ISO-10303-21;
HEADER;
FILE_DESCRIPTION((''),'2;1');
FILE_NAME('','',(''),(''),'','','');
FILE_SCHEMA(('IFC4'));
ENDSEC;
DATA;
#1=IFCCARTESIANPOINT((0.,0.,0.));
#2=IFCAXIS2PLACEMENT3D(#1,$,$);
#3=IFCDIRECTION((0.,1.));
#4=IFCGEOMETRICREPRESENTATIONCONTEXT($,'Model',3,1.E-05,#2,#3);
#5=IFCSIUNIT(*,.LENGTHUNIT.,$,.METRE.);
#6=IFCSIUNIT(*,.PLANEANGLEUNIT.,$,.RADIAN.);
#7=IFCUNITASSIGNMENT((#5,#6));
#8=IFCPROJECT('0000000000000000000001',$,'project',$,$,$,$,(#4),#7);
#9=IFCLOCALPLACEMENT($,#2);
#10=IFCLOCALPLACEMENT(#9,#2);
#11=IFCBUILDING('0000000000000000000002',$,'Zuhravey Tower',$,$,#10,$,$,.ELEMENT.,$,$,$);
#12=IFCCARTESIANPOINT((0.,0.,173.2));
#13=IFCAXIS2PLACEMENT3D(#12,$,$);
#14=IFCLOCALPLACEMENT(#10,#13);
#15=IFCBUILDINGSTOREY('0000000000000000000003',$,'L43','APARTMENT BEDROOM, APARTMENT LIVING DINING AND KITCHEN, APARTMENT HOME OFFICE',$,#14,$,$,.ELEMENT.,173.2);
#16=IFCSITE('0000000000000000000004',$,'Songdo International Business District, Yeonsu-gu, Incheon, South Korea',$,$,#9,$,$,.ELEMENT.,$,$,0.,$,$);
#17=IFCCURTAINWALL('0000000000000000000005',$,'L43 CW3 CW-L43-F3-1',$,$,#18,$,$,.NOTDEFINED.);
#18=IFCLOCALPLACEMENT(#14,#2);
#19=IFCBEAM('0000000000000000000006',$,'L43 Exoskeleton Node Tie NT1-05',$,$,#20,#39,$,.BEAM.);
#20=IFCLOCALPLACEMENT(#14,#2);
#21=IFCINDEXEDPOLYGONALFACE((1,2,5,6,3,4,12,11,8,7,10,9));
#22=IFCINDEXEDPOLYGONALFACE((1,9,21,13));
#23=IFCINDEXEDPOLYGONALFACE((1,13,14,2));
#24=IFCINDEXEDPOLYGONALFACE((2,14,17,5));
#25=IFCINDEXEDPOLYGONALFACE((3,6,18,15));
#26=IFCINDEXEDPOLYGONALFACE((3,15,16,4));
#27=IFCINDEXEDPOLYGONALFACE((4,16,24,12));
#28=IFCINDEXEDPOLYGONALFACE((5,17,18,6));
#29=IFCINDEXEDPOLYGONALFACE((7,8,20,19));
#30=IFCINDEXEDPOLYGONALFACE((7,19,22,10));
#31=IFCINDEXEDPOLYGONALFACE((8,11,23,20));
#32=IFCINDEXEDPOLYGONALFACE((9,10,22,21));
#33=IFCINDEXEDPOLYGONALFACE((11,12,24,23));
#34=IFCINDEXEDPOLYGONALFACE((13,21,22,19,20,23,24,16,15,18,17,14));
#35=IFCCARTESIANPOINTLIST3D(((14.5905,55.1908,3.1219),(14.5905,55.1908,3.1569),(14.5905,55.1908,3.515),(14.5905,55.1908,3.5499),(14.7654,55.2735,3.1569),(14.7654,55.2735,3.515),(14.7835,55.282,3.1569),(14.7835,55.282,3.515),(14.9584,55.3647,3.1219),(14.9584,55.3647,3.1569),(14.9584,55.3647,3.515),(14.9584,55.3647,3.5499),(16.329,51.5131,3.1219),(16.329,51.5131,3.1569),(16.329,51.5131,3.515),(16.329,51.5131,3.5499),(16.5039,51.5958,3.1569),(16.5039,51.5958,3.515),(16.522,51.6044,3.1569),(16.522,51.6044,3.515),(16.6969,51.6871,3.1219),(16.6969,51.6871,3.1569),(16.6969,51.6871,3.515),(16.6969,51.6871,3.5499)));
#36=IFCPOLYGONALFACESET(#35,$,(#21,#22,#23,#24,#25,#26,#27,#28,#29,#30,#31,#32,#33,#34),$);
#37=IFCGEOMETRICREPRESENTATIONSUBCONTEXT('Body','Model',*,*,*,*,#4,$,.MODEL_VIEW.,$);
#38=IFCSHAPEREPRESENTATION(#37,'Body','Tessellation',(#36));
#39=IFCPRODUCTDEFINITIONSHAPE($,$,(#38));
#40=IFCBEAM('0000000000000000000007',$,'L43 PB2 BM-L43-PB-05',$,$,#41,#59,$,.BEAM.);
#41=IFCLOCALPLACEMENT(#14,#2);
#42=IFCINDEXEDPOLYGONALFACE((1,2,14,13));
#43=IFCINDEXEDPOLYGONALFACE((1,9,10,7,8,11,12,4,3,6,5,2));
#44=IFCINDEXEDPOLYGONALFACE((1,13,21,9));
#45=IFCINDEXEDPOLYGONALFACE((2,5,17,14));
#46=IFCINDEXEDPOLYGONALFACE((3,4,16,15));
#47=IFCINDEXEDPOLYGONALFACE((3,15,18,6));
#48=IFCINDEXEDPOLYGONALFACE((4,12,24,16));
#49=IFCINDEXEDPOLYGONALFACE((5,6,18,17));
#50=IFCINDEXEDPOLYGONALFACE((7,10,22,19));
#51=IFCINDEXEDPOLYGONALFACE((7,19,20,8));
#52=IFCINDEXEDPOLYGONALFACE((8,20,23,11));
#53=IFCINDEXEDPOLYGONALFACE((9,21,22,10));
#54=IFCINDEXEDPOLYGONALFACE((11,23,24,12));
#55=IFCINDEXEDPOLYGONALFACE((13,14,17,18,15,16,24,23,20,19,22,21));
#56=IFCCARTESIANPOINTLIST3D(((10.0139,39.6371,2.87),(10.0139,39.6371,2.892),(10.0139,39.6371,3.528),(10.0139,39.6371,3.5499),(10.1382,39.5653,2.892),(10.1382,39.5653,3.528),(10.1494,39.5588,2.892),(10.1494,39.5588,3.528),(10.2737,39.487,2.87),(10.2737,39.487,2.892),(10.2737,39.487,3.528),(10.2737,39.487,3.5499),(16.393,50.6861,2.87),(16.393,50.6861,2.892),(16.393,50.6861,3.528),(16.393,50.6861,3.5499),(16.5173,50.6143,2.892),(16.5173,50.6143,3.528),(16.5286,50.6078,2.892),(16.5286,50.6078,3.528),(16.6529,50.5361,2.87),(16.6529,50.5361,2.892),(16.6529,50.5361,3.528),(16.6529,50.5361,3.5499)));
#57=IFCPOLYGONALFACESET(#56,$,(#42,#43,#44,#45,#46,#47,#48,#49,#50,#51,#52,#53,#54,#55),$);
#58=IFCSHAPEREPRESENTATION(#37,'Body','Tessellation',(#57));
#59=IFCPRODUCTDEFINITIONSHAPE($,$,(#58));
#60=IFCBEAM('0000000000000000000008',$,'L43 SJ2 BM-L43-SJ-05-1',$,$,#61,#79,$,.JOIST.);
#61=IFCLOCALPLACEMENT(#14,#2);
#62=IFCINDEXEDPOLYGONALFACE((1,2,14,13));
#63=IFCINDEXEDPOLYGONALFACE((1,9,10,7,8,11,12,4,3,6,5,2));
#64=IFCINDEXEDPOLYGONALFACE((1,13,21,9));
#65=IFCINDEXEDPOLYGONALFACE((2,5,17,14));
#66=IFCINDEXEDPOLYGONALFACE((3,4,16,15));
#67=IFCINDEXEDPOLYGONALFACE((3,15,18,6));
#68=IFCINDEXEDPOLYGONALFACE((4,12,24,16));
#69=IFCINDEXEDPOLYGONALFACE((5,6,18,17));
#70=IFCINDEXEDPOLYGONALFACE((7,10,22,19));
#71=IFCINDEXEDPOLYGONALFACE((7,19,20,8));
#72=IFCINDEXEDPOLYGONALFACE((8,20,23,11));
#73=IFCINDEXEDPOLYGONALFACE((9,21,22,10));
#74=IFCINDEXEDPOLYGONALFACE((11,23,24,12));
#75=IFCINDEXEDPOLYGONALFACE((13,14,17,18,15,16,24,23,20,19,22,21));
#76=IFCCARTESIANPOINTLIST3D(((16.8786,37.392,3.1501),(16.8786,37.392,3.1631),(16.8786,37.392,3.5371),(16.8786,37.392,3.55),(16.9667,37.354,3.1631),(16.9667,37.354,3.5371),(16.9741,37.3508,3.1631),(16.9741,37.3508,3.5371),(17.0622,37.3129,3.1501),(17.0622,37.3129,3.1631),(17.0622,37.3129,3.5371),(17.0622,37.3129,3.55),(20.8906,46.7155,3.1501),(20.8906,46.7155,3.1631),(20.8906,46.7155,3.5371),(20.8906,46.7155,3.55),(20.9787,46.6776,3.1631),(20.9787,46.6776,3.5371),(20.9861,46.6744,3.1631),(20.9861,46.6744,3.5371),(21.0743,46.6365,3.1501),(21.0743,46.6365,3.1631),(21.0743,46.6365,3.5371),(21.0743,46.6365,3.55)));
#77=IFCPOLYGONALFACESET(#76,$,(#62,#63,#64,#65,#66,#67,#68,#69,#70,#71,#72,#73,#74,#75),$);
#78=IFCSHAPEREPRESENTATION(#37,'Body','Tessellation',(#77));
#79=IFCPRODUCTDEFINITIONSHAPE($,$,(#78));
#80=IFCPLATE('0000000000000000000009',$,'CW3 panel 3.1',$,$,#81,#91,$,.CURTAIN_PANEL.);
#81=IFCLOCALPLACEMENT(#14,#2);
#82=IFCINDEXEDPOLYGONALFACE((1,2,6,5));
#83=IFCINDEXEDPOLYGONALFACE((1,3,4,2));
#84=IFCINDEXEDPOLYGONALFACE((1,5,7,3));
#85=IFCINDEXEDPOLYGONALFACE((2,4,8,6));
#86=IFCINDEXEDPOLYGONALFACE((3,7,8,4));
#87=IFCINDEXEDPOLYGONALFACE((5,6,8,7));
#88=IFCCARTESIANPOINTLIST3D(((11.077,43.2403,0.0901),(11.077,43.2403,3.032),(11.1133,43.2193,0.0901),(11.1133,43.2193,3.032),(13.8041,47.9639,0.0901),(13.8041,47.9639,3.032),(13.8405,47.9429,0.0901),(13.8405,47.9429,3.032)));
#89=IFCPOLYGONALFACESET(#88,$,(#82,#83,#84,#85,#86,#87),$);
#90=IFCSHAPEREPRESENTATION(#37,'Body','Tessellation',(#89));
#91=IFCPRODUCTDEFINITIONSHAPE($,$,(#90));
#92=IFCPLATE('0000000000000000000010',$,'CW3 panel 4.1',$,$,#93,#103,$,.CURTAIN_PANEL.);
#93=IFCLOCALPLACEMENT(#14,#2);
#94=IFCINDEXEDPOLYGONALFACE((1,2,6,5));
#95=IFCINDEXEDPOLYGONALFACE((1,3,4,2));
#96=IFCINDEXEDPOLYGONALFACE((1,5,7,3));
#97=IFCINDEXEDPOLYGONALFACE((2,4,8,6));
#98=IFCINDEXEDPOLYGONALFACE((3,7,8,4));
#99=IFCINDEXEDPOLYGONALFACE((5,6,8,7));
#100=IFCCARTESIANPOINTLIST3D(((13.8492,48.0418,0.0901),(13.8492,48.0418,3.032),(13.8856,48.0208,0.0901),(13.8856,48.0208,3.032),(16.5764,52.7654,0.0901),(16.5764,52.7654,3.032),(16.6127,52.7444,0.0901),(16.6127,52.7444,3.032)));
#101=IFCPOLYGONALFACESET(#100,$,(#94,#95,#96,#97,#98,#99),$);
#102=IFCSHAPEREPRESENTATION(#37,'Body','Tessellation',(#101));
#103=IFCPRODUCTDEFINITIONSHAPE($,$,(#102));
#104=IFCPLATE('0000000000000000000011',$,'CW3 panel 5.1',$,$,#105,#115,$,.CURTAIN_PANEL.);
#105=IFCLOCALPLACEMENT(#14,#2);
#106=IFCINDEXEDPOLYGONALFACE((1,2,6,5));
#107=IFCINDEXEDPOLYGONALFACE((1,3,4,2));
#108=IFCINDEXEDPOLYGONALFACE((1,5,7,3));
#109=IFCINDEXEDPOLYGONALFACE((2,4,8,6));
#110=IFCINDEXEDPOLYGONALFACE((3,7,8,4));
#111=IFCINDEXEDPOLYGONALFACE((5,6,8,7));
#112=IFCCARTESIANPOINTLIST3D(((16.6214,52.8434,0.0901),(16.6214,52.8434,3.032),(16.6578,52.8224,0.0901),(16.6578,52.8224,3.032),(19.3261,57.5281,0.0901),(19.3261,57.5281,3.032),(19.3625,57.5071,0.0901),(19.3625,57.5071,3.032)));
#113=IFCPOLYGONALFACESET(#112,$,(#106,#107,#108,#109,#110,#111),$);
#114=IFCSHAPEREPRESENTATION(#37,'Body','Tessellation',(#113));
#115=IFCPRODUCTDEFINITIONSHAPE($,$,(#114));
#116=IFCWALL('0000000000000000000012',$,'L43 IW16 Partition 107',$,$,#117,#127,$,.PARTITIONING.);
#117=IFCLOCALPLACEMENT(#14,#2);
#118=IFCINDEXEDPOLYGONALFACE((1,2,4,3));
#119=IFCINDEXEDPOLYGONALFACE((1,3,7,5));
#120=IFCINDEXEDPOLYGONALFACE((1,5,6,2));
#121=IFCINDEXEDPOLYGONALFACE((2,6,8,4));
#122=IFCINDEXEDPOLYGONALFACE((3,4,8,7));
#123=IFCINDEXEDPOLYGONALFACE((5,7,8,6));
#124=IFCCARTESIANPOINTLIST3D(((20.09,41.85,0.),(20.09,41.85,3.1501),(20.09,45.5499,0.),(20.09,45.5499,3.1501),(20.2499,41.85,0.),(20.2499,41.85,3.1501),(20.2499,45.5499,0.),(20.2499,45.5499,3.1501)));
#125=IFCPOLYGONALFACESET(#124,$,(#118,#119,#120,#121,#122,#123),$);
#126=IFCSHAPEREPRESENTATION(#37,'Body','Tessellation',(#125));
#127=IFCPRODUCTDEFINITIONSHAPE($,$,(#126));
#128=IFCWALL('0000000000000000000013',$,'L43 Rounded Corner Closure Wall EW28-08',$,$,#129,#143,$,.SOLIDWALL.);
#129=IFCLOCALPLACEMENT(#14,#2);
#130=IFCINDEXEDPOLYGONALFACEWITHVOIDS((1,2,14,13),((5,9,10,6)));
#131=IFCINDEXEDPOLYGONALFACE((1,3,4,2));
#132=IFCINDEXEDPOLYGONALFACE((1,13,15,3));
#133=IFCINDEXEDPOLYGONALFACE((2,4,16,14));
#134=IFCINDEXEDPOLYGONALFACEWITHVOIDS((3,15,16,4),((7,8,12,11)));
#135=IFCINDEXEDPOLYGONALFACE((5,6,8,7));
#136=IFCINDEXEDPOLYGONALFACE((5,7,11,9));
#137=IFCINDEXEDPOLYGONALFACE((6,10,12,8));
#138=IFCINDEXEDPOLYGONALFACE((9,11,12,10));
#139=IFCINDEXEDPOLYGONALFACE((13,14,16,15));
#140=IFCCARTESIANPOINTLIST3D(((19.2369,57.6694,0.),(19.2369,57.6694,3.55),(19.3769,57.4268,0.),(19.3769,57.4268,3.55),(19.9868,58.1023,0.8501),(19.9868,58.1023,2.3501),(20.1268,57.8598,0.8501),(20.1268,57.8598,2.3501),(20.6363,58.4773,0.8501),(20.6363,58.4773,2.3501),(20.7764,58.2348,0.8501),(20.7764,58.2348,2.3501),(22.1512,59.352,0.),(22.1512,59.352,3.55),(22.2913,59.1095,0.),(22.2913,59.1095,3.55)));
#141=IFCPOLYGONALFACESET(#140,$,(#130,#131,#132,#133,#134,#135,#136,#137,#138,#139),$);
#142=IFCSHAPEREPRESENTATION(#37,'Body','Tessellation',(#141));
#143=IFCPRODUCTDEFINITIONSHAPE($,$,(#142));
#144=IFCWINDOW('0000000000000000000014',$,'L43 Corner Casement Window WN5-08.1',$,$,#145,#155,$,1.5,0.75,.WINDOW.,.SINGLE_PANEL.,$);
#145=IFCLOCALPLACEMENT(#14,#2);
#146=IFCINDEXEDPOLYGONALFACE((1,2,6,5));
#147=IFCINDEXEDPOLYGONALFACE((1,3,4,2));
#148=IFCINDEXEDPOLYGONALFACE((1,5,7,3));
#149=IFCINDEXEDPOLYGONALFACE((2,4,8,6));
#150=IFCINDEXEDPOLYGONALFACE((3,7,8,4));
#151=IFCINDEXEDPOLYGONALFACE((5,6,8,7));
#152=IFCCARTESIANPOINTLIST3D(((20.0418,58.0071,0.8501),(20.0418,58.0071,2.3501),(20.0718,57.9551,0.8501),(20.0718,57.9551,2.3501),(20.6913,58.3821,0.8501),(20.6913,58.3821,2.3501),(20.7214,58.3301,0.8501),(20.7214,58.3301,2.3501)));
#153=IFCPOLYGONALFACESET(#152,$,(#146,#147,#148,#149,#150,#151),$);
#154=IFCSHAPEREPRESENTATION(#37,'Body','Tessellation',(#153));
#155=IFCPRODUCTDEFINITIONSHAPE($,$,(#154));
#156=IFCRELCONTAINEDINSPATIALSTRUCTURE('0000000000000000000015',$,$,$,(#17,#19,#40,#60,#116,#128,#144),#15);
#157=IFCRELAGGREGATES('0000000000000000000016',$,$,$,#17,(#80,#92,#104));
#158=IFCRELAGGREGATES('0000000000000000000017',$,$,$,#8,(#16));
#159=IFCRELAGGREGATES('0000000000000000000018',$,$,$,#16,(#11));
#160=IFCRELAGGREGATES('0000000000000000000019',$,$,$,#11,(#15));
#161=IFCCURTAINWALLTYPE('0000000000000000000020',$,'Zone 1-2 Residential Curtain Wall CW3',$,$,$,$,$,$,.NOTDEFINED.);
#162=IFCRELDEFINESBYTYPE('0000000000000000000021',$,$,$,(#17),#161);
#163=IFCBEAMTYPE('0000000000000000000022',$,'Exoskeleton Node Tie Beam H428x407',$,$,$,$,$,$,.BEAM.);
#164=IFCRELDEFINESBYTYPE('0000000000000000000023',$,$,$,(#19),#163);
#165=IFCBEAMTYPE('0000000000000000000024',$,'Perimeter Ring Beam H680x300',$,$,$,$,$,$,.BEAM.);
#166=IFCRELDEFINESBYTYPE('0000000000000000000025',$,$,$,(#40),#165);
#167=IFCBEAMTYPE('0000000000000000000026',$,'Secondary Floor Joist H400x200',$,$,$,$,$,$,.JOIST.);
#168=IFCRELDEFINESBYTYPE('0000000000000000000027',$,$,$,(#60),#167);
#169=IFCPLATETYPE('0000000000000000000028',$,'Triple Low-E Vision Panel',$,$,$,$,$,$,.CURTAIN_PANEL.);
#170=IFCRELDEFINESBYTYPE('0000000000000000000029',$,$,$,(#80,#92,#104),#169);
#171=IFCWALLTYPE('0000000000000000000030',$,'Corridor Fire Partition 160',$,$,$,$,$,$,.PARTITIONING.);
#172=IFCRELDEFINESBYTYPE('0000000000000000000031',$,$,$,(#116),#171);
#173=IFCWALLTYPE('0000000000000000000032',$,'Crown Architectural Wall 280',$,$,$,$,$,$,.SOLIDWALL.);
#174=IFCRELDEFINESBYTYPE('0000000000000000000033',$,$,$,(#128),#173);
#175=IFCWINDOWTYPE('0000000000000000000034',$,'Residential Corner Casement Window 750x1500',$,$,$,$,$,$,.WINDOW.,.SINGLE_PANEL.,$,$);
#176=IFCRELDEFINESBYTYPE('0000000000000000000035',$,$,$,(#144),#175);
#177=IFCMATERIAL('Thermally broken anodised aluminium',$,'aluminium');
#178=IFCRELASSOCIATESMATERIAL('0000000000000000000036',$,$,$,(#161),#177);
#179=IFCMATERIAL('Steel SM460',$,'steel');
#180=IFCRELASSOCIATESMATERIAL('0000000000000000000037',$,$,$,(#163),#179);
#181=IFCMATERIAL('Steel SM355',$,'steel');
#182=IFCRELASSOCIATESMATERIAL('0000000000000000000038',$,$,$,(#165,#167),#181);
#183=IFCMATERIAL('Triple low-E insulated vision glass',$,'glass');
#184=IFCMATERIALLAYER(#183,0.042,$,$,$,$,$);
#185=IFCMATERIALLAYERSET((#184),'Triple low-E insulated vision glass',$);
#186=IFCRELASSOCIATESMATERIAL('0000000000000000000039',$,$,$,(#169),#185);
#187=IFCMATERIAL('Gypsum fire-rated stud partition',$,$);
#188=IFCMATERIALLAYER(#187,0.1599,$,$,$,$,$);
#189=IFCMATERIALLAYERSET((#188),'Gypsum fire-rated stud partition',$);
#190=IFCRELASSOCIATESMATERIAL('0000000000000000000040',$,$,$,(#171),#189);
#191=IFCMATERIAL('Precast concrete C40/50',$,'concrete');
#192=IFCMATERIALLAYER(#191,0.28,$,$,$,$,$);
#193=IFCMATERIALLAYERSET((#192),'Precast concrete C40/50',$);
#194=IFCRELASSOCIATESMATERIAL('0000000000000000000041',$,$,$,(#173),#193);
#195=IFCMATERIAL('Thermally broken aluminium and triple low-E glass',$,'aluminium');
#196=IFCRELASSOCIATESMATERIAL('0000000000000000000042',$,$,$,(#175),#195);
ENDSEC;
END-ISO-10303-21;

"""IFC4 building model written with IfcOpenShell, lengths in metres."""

from ifc_helpers import new_model, si_unit, direction, frame, frame_2d, origin, origin_2d, place, context, subcontext, project, spatial, rectangle, i_section, extrude, material, layer, layer_set, material_profile, profile_set, type_object, element, fill, aggregate, save


model = new_model("IFC4")

# Units and contexts
model_context = context("Model", 3, precision=1e-05, world=origin(), true_north=direction((0.0, 1.0)))
body_context = subcontext(model_context, "Body", "Model", "MODEL_VIEW")
ifc_project = project(units=[si_unit("LENGTHUNIT", "METRE"), si_unit("PLANEANGLEUNIT", "RADIAN")], contexts=[model_context])

# Site, building, storey
site_placement = place(None, origin())
site = spatial("IfcSite", under=ifc_project, at=site_placement, Name="Songdo International Business District, Yeonsu-gu, Incheon, South Korea", CompositionType="ELEMENT", RefElevation=0.0)
building_placement = place(site_placement, origin())
building = spatial("IfcBuilding", under=site, at=building_placement, Name="Zuhravey Tower", CompositionType="ELEMENT")
storey_placement = place(building_placement, frame((0.0, 0.0, 173.2)))
storey = spatial("IfcBuildingStorey", under=building, at=storey_placement, Name="L43", Description="APARTMENT BEDROOM, APARTMENT LIVING DINING AND KITCHEN, APARTMENT HOME OFFICE", CompositionType="ELEMENT", Elevation=173.2)

# Curtain wall
ifc_material_1 = material(Name="Thermally broken anodised aluminium", Category="aluminium")
curtain_wall_type = type_object("IfcCurtainWallType", Name="Zone 1-2 Residential Curtain Wall CW3", PredefinedType="NOTDEFINED", material=ifc_material_1)
curtain_wall_placement = place(storey_placement, origin())
curtain_wall = element("IfcCurtainWall", 1, at=curtain_wall_placement, inside=storey, type_object=curtain_wall_type, Name="L43 CW3 CW-L43-F3-1", PredefinedType="NOTDEFINED")

# Beams
ifc_material_2 = material(Name="Steel SM460", Category="steel")
ifc_material_profile_1 = material_profile(ifc_material_2, i_section(OverallWidth=0.407, OverallDepth=0.428, WebThickness=0.02, FlangeThickness=0.0349, at=origin_2d()), Name="H-428x407x20x35")
ifc_profile_set_1 = profile_set([ifc_material_profile_1], Name="Steel SM460")
beam_type_1 = type_object("IfcBeamType", Name="Exoskeleton Node Tie Beam H428x407", PredefinedType="BEAM", material=ifc_profile_set_1)
beam_1_placement = place(storey_placement, frame((16.5129, 51.6001, 3.3359), z_axis=(-0.427372, 0.904076, 0.0), x_axis=(-0.904076, -0.427372, 0.0)))
element("IfcBeam", 2, at=beam_1_placement, inside=storey, type_object=beam_type_1, Name="L43 Exoskeleton Node Tie NT1-05", PredefinedType="BEAM", context=body_context, shape_type="SweptSolid", body=[
    extrude(i_section(OverallWidth=0.407, OverallDepth=0.428, WebThickness=0.02, FlangeThickness=0.0349, at=origin_2d()), origin(), (0.0, 0.0, 1.0), 4.0679),
])
ifc_material_3 = material(Name="Steel SM355", Category="steel")
ifc_material_profile_2 = material_profile(ifc_material_3, i_section(OverallWidth=0.3, OverallDepth=0.6799, WebThickness=0.0129, FlangeThickness=0.022, at=origin_2d()), Name="H-680x300x13x22")
ifc_profile_set_2 = profile_set([ifc_material_profile_2], Name="Steel SM355")
beam_type_2 = type_object("IfcBeamType", Name="Perimeter Ring Beam H680x300", PredefinedType="BEAM", material=ifc_profile_set_2)
beam_2_placement = place(storey_placement, frame((16.5229, 50.6111, 3.21), z_axis=(-0.499998, -0.866027, 0.0), x_axis=(0.866027, -0.499998, 0.0)))
element("IfcBeam", 3, at=beam_2_placement, inside=storey, type_object=beam_type_2, Name="L43 PB2 BM-L43-PB-05", PredefinedType="BEAM", context=body_context, shape_type="SweptSolid", body=[
    extrude(i_section(OverallWidth=0.3, OverallDepth=0.6799, WebThickness=0.0129, FlangeThickness=0.022, at=origin_2d()), origin(), (0.0, 0.0, 1.0), 12.7583),
])
ifc_material_profile_3 = material_profile(ifc_material_3, i_section(OverallWidth=0.2, OverallDepth=0.3999, WebThickness=0.0081, FlangeThickness=0.0129, at=origin_2d()), Name="H-400x200x8x13")
ifc_profile_set_3 = profile_set([ifc_material_profile_3], Name="Steel SM355")
beam_type_3 = type_object("IfcBeamType", Name="Secondary Floor Joist H400x200", PredefinedType="JOIST", material=ifc_profile_set_3)
beam_3_placement = place(storey_placement, frame((20.9824, 46.676, 3.3501), z_axis=(-0.395266, -0.918567, 0.0), x_axis=(0.918567, -0.395266, 0.0)))
element("IfcBeam", 4, at=beam_3_placement, inside=storey, type_object=beam_type_3, Name="L43 SJ2 BM-L43-SJ-05-1", PredefinedType="JOIST", context=body_context, shape_type="SweptSolid", body=[
    extrude(i_section(OverallWidth=0.2, OverallDepth=0.3999, WebThickness=0.0081, FlangeThickness=0.0129, at=origin_2d()), origin(), (0.0, 0.0, 1.0), 10.1501),
])

# Plates
ifc_material_4 = material(Name="Triple low-E insulated vision glass", Category="glass")
ifc_layer_1 = layer(ifc_material_4, 0.042)
ifc_layer_set_1 = layer_set([ifc_layer_1], Name="Triple low-E insulated vision glass")
plate_type = type_object("IfcPlateType", Name="Triple Low-E Vision Panel", PredefinedType="CURTAIN_PANEL", material=ifc_layer_set_1)
plate_1_placement = place(storey_placement, frame((12.4587, 45.5916, 0.0901), z_axis=(0.0, 0.0, 1.0), x_axis=(0.5, 0.866025, 0.0)))
plate_1 = element("IfcPlate", 5, at=plate_1_placement, type_object=plate_type, Name="CW3 panel 3.1", PredefinedType="CURTAIN_PANEL", context=body_context, shape_type="SweptSolid", body=[
    extrude(rectangle(XDim=5.4543, YDim=0.042, at=origin_2d()), origin(), (0.0, 0.0, 1.0), 2.9419),
])
plate_2_placement = place(storey_placement, frame((15.231, 50.3931, 0.0901), z_axis=(0.0, 0.0, 1.0), x_axis=(0.5, 0.866025, 0.0)))
plate_2 = element("IfcPlate", 6, at=plate_2_placement, type_object=plate_type, Name="CW3 panel 4.1", PredefinedType="CURTAIN_PANEL", context=body_context, shape_type="SweptSolid", body=[
    extrude(rectangle(XDim=5.4543, YDim=0.042, at=origin_2d()), origin(), (0.0, 0.0, 1.0), 2.9419),
])
plate_3_placement = place(storey_placement, frame((17.9919, 55.1753, 0.0901), z_axis=(0.0, 0.0, 1.0), x_axis=(0.5, 0.866025, 0.0)))
plate_3 = element("IfcPlate", 7, at=plate_3_placement, type_object=plate_type, Name="CW3 panel 5.1", PredefinedType="CURTAIN_PANEL", context=body_context, shape_type="SweptSolid", body=[
    extrude(rectangle(XDim=5.4094, YDim=0.042, at=origin_2d()), origin(), (0.0, 0.0, 1.0), 2.9419),
])
aggregate(curtain_wall, [plate_1, plate_2, plate_3])

# Wall
ifc_material_5 = material(Name="Gypsum fire-rated stud partition")
ifc_layer_2 = layer(ifc_material_5, 0.1599)
ifc_layer_set_2 = layer_set([ifc_layer_2], Name="Gypsum fire-rated stud partition")
wall_type_1 = type_object("IfcWallType", Name="Corridor Fire Partition 160", PredefinedType="PARTITIONING", material=ifc_layer_set_2)
wall_1_placement = place(storey_placement, frame((20.1699, 45.55, 0.0), z_axis=(0.0, 0.0, 1.0), x_axis=(0.0, -1.0, 0.0)))
element("IfcWall", 8, at=wall_1_placement, inside=storey, type_object=wall_type_1, Name="L43 IW16 Partition 107", PredefinedType="PARTITIONING", context=body_context, shape_type="SweptSolid", body=[
    extrude(rectangle(XDim=3.7, YDim=0.1599, at=frame_2d((1.8501, 0.0))), origin(), (0.0, 0.0, 1.0), 3.1501),
])

# Wall, opening, window
ifc_material_6 = material(Name="Precast concrete C40/50", Category="concrete")
ifc_layer_3 = layer(ifc_material_6, 0.28)
ifc_layer_set_3 = layer_set([ifc_layer_3], Name="Precast concrete C40/50")
wall_type_2 = type_object("IfcWallType", Name="Crown Architectural Wall 280", PredefinedType="SOLIDWALL", material=ifc_layer_set_3)
wall_2_placement = place(storey_placement, frame((19.3069, 57.5481, 0.0), z_axis=(0.0, 0.0, 1.0), x_axis=(0.86602, 0.500009, 0.0)))
wall_2 = element("IfcWall", 9, at=wall_2_placement, inside=storey, type_object=wall_type_2, Name="L43 Rounded Corner Closure Wall EW28-08", PredefinedType="SOLIDWALL", context=body_context, shape_type="SweptSolid", body=[
    extrude(rectangle(XDim=3.3652, YDim=0.28, at=frame_2d((1.6826, 0.0))), origin(), (0.0, 0.0, 1.0), 3.55),
])
opening_1_placement = place(wall_2_placement, frame((0.866, 0.0, 0.8501)))
opening_1 = element("IfcOpeningElement", 10, at=opening_1_placement, cuts=wall_2, PredefinedType="OPENING", context=body_context, shape_type="SweptSolid", body=[
    extrude(rectangle(XDim=0.75, YDim=1.5, at=frame_2d((0.375, 0.75))), frame((0.0, 0.1521, 0.0), z_axis=(0.0, -1.0, 0.0), x_axis=(1.0, 0.0, 0.0)), (0.0, 0.0, 1.0), 0.304),
])
ifc_material_7 = material(Name="Thermally broken aluminium and triple low-E glass", Category="aluminium")
window_type = type_object("IfcWindowType", Name="Residential Corner Casement Window 750x1500", PartitioningType="SINGLE_PANEL", PredefinedType="WINDOW", material=ifc_material_7)
window_placement = place(opening_1_placement, origin())
window = element("IfcWindow", 11, at=window_placement, inside=storey, type_object=window_type, Name="L43 Corner Casement Window WN5-08.1", OverallHeight=1.5, OverallWidth=0.75, PartitioningType="SINGLE_PANEL", PredefinedType="WINDOW", context=body_context, shape_type="SweptSolid", body=[
    extrude(rectangle(XDim=0.75, YDim=1.5, at=frame_2d((0.375, 0.75))), frame((0.0, 0.03, 0.0), z_axis=(0.0, -1.0, 0.0), x_axis=(1.0, 0.0, 0.0)), (0.0, 0.0, 1.0), 0.0601),
])
fill(opening_1, window)

save(model, "model.ifc")
